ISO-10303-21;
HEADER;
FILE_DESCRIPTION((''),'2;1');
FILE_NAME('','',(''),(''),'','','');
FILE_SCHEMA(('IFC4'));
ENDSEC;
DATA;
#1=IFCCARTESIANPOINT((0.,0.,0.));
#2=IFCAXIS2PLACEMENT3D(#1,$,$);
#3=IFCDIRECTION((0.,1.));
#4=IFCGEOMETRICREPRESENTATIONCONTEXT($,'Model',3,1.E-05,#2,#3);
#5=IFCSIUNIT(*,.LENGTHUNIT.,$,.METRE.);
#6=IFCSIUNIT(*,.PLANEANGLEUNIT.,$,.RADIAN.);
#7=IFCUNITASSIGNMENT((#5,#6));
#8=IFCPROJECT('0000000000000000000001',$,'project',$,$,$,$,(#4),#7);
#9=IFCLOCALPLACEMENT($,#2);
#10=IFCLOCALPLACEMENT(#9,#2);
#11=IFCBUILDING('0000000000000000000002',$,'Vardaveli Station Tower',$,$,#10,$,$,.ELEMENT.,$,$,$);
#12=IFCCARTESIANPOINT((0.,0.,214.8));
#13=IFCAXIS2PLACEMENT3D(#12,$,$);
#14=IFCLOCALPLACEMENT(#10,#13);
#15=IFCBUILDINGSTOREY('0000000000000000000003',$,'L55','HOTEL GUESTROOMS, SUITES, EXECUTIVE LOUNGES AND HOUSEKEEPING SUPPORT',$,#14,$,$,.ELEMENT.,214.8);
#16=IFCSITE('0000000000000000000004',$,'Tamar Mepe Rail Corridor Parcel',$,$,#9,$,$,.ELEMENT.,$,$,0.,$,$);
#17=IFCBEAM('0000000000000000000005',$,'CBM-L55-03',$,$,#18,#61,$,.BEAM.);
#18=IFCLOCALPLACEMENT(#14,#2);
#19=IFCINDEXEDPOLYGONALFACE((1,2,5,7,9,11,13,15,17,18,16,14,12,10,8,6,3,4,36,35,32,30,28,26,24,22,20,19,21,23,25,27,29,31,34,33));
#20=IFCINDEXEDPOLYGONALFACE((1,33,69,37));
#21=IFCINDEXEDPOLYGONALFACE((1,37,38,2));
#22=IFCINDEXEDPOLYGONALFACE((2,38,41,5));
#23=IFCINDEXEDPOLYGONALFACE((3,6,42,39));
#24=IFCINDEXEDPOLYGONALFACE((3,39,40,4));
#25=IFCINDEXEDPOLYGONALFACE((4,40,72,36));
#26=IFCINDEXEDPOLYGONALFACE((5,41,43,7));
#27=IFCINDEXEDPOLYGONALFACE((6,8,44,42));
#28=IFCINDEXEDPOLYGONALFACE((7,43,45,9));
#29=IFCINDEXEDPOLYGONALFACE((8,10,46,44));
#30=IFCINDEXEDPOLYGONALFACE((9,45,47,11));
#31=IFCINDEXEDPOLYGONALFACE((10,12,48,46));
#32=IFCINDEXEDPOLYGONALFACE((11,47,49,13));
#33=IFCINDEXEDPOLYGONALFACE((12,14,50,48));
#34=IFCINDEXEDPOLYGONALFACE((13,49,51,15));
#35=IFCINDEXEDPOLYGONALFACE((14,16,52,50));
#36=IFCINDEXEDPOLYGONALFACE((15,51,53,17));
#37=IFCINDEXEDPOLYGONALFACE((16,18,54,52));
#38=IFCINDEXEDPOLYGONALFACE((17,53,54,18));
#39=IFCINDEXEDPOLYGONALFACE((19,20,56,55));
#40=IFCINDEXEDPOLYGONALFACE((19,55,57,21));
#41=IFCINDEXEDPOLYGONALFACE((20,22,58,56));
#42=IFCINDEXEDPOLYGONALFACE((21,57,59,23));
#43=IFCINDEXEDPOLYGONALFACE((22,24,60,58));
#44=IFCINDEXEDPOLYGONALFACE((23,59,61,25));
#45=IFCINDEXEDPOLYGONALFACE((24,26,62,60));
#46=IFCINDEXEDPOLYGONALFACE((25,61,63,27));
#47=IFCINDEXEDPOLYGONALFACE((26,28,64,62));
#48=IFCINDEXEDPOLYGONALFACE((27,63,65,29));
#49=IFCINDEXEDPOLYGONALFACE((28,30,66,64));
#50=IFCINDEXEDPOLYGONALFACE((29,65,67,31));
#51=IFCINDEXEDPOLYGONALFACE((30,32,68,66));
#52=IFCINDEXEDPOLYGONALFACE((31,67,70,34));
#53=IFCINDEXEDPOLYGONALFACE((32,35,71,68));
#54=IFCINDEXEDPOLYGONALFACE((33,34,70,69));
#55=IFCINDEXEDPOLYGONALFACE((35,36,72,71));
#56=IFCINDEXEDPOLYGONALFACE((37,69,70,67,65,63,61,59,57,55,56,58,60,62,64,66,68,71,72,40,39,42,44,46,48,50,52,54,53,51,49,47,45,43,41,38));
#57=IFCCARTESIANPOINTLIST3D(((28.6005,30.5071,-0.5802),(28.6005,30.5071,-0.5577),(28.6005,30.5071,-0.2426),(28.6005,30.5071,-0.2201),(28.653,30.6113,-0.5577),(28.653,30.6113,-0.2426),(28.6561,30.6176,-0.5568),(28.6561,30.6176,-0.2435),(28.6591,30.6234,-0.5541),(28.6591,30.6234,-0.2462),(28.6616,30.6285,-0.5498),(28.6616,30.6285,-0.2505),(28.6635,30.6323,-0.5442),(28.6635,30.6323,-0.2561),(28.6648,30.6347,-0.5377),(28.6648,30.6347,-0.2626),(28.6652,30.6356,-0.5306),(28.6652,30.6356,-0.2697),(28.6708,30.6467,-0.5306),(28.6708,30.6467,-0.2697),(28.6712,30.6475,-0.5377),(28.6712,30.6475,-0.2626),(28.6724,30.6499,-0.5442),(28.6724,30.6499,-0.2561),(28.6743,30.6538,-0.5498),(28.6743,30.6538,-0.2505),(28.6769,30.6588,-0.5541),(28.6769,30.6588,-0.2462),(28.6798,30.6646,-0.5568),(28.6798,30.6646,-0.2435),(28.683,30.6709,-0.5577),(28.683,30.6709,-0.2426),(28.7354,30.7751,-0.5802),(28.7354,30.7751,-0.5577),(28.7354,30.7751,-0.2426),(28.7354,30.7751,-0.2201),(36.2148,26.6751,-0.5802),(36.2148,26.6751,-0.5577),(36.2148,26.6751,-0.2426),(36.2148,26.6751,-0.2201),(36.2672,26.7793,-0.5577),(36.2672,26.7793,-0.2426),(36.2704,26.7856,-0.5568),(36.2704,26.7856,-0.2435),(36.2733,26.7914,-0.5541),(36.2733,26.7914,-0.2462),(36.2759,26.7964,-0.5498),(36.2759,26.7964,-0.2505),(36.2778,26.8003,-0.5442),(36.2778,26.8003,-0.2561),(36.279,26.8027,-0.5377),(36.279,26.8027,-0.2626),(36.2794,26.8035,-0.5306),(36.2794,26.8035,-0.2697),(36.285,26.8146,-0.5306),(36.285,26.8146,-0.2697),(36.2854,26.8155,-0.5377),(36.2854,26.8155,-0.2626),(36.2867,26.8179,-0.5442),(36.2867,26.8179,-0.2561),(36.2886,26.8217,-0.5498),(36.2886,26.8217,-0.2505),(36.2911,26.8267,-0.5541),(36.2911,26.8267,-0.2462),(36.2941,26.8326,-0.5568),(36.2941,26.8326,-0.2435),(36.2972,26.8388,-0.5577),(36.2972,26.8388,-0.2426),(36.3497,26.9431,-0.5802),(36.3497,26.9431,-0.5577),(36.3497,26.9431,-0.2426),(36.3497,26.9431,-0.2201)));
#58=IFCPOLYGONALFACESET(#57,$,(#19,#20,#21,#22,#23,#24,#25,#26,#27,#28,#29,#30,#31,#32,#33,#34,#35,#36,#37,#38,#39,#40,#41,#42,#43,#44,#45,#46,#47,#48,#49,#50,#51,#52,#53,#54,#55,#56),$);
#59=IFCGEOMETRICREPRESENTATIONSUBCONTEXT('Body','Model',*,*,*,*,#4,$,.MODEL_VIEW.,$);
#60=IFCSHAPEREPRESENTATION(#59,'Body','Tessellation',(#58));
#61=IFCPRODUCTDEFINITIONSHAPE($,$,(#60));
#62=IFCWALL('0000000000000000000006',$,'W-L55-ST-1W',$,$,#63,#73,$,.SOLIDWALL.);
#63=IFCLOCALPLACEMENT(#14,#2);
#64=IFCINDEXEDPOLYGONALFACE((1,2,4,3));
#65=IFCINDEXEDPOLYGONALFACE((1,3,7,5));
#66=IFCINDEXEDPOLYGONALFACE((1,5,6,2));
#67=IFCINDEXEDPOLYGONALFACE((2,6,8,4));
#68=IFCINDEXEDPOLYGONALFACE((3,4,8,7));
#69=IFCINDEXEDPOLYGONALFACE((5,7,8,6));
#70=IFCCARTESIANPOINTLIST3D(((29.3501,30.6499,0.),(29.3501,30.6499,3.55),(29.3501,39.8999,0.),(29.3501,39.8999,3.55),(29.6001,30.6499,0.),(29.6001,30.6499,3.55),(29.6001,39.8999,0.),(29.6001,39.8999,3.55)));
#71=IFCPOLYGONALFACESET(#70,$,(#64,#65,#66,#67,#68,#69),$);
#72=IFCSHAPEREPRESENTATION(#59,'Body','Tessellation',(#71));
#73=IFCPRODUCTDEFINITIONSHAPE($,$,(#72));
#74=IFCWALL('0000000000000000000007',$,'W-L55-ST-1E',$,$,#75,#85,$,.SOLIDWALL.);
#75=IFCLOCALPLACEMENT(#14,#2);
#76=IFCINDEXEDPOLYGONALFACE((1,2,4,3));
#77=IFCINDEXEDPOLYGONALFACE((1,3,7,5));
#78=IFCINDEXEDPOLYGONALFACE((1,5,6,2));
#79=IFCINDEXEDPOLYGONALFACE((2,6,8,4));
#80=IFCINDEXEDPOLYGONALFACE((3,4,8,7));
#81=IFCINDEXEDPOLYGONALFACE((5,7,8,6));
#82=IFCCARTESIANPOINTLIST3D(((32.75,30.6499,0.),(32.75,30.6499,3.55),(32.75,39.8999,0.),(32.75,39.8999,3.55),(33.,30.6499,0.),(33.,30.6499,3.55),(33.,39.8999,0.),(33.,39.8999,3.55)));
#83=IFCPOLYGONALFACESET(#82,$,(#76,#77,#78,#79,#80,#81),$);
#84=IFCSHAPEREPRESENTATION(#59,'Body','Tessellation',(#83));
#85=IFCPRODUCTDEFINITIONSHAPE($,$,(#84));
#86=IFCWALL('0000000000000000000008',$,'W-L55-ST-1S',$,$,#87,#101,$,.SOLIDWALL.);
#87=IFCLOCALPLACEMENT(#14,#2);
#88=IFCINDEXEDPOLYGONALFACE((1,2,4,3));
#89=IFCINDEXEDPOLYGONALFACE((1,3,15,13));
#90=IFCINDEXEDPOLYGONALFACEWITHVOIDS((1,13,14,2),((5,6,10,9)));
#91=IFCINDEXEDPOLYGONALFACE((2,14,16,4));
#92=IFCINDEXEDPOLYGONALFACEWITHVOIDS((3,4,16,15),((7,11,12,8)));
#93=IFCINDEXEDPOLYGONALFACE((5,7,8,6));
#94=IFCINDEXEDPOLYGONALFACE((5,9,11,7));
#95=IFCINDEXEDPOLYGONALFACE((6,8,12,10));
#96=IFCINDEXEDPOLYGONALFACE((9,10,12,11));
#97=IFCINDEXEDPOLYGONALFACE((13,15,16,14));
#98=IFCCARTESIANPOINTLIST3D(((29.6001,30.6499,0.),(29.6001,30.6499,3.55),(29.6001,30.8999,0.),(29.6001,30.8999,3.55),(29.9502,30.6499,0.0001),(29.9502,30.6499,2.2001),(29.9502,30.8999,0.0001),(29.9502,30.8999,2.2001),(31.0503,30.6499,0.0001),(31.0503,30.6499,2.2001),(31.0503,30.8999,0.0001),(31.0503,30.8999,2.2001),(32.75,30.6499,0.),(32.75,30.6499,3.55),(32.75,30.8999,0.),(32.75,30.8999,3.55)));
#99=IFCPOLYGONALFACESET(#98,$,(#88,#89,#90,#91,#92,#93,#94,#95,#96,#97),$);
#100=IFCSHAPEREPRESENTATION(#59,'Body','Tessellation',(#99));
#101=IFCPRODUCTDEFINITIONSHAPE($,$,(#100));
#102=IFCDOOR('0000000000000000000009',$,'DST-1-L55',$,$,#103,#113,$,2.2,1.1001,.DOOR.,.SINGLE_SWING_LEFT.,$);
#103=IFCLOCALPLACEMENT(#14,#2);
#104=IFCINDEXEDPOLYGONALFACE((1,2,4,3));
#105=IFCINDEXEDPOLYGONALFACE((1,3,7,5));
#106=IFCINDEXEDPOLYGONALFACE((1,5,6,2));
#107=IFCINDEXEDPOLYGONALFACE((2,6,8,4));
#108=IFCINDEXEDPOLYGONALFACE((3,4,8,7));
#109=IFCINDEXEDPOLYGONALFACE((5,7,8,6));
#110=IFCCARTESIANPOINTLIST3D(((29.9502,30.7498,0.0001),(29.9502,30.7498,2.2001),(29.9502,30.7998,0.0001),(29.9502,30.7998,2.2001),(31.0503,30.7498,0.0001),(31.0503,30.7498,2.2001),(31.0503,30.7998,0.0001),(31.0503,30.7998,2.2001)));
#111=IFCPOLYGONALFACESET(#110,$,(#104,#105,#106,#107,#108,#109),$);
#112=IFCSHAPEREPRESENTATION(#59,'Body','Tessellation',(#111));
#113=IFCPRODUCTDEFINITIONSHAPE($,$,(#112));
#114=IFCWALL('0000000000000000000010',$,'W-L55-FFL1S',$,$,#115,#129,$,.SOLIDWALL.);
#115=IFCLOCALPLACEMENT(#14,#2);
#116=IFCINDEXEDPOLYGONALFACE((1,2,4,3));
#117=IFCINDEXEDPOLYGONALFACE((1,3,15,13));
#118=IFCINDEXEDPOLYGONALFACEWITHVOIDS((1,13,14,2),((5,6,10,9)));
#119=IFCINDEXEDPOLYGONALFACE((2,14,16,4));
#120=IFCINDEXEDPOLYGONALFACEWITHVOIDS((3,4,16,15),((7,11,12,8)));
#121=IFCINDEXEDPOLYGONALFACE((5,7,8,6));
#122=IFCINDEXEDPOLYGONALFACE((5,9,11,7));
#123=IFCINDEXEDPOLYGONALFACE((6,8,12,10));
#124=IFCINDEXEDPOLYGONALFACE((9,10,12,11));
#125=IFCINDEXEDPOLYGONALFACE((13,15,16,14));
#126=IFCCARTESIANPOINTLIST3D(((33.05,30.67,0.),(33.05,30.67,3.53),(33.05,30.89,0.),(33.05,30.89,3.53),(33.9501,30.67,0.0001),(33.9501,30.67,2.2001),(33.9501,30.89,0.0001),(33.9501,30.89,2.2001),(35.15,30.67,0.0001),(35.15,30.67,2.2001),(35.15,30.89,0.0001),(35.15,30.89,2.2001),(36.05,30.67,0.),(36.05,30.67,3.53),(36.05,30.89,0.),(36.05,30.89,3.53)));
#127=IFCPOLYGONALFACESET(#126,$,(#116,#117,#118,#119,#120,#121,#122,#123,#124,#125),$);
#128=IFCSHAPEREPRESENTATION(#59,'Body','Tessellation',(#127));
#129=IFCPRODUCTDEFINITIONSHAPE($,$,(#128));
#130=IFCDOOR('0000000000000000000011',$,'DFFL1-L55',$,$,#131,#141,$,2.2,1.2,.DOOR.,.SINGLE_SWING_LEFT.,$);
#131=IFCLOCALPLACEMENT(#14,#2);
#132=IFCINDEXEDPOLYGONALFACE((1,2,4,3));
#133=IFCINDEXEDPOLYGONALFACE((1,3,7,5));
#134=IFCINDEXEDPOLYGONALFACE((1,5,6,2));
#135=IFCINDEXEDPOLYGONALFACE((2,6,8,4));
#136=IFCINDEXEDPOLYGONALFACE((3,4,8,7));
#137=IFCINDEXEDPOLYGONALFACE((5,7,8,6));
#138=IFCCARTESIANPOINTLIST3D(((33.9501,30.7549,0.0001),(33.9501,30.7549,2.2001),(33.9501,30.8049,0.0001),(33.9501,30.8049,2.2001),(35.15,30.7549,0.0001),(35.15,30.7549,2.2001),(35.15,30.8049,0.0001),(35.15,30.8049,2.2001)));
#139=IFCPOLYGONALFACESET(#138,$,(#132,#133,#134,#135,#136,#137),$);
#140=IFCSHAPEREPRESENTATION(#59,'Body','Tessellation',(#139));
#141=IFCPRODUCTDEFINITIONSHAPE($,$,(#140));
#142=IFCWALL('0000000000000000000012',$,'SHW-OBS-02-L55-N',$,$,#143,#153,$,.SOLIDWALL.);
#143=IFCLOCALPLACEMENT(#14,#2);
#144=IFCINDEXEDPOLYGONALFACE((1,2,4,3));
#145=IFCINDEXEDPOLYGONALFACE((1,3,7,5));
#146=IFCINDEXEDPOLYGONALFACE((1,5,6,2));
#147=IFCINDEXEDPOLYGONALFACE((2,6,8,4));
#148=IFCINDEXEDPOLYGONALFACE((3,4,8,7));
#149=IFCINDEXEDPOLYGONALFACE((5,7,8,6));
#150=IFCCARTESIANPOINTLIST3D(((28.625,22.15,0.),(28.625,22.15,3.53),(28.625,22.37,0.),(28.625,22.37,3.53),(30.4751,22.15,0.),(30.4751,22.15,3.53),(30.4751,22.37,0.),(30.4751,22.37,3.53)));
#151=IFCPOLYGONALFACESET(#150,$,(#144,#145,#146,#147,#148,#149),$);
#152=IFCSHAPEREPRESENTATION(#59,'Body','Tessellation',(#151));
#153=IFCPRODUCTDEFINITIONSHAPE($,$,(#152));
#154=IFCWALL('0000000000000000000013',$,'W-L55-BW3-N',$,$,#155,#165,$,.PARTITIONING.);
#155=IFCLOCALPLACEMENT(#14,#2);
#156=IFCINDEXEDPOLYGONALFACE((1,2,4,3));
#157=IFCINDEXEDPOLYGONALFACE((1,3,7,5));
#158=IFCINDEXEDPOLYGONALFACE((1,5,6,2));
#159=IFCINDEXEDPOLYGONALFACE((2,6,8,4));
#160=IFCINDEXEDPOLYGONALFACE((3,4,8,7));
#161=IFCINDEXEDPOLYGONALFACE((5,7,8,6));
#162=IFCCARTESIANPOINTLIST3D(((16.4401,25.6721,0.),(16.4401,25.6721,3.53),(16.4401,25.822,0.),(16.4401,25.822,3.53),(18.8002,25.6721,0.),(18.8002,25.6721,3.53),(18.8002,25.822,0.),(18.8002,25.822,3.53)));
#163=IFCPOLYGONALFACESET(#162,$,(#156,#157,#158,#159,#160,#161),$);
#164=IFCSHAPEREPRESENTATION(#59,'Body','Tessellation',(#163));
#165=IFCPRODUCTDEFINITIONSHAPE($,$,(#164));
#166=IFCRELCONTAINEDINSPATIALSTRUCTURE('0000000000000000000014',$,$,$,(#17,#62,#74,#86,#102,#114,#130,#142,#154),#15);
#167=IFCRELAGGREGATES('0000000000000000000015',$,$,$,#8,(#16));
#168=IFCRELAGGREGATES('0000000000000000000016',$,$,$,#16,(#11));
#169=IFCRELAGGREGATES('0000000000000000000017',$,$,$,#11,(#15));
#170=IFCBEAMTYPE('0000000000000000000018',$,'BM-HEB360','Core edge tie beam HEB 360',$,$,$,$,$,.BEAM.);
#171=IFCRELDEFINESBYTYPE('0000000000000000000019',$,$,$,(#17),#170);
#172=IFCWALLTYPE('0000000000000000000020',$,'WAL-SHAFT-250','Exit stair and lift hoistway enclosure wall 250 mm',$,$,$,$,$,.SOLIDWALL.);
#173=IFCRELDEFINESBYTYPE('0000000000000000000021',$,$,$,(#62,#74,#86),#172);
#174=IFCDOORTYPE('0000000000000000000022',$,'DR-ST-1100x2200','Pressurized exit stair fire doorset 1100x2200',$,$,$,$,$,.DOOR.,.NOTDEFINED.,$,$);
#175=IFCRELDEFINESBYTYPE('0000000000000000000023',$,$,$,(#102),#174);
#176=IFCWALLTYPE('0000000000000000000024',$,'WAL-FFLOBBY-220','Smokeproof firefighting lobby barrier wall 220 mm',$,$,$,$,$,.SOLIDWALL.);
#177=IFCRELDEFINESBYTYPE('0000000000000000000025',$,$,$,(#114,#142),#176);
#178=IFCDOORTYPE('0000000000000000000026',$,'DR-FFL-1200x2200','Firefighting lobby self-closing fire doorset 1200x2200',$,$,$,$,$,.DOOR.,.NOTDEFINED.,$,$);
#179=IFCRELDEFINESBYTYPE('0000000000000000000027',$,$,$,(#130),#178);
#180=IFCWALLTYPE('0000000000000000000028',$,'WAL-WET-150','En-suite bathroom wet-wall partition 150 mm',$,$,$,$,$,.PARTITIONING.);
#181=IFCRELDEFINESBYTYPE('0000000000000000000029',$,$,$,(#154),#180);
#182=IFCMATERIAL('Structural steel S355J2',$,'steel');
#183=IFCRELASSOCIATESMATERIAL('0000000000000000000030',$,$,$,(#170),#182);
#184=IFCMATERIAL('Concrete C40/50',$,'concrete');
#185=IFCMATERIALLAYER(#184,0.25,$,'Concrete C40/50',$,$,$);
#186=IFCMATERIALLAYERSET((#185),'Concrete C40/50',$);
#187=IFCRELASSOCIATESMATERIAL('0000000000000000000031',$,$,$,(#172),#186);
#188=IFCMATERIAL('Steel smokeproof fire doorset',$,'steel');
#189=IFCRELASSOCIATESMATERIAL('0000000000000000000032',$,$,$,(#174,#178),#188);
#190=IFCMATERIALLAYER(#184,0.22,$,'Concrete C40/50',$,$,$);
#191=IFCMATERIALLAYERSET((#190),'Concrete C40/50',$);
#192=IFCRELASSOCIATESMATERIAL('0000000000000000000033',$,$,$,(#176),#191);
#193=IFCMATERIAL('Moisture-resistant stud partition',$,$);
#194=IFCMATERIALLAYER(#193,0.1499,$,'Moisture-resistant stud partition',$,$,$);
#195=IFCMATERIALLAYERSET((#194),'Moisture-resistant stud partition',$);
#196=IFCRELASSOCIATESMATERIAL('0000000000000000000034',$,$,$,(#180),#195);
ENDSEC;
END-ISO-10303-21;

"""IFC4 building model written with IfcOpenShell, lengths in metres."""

from ifc_helpers import new_model, si_unit, direction, frame, frame_2d, origin, origin_2d, place, context, subcontext, project, spatial, rectangle, i_section, extrude, source, transform, mapped, material, layer, layer_set, material_profile, profile_set, type_object, element, fill, save


model = new_model("IFC4")

# Units and contexts
model_context = context("Model", 3, precision=1e-05, world=origin(), true_north=direction((0.0, 1.0)))
body_context = subcontext(model_context, "Body", "Model", "MODEL_VIEW")
ifc_project = project(units=[si_unit("LENGTHUNIT", "METRE"), si_unit("PLANEANGLEUNIT", "RADIAN")], contexts=[model_context])

# Site, building, storey
site_placement = place(None, origin())
site = spatial("IfcSite", under=ifc_project, at=site_placement, Name="Tamar Mepe Rail Corridor Parcel", CompositionType="ELEMENT", RefElevation=0.0)
building_placement = place(site_placement, origin())
building = spatial("IfcBuilding", under=site, at=building_placement, Name="Vardaveli Station Tower", CompositionType="ELEMENT")
storey_placement = place(building_placement, frame((0.0, 0.0, 214.8)))
storey = spatial("IfcBuildingStorey", under=building, at=storey_placement, Name="L55", Description="HOTEL GUESTROOMS, SUITES, EXECUTIVE LOUNGES AND HOUSEKEEPING SUPPORT", CompositionType="ELEMENT", Elevation=214.8)

# Beam
ifc_material_1 = material(Name="Structural steel S355J2", Category="steel")
ifc_material_profile_1 = material_profile(ifc_material_1, i_section(OverallWidth=0.3, OverallDepth=0.3601, WebThickness=0.0125, FlangeThickness=0.0225, FilletRadius=0.0271, at=origin_2d()), Name="HEB 360")
ifc_profile_set_1 = profile_set([ifc_material_profile_1], Name="Structural steel S355J2")
beam_type_1 = type_object("IfcBeamType", Name="BM-HEB360", Description="Core edge tie beam HEB 360", PredefinedType="BEAM", material=ifc_profile_set_1)
shared_shape_1 = source(origin(), body_context, "Body", "SweptSolid", [
    extrude(i_section(OverallWidth=0.3, OverallDepth=0.3601, WebThickness=0.0125, FlangeThickness=0.0225, FilletRadius=0.0271, at=origin_2d()), origin(), (0.0, 0.0, 1.0), 8.5242),
])
beam_1_placement = place(storey_placement, frame((28.668, 30.6411, -0.4001), z_axis=(0.893256, -0.449549, 0.0), x_axis=(0.449549, 0.893256, 0.0)))
element("IfcBeam", 1, at=beam_1_placement, inside=storey, type_object=beam_type_1, Name="CBM-L55-03", PredefinedType="BEAM", context=body_context, shape_type="MappedRepresentation", body=[
    mapped(shared_shape_1, transform((0.0, 0.0, 0.0), scale=1.0)),
])

# Walls
ifc_material_2 = material(Name="Concrete C40/50", Category="concrete")
ifc_layer_1 = layer(ifc_material_2, 0.25, Name="Concrete C40/50")
ifc_layer_set_1 = layer_set([ifc_layer_1], Name="Concrete C40/50")
wall_type_1 = type_object("IfcWallType", Name="WAL-SHAFT-250", Description="Exit stair and lift hoistway enclosure wall 250 mm", PredefinedType="SOLIDWALL", material=ifc_layer_set_1)
shared_shape_2 = source(origin(), body_context, "Body", "SweptSolid", [
    extrude(rectangle(XDim=9.25, YDim=0.25, at=frame_2d((4.625, 0.0))), origin(), (0.0, 0.0, 1.0), 3.55),
])
for number, where, z_axis, x_axis, name in (
    (2, (29.4751, 30.6499, 0.0), (0.0, 0.0, 1.0), (0.0, 1.0, 0.0), "W-L55-ST-1W"),
    (3, (32.875, 30.6499, 0.0), (0.0, 0.0, 1.0), (0.0, 1.0, 0.0), "W-L55-ST-1E"),
):
    element("IfcWall", number, at=place(storey_placement, frame(where, z_axis=z_axis, x_axis=x_axis)), inside=storey, type_object=wall_type_1, Name=name, PredefinedType="SOLIDWALL", context=body_context, shape_type="MappedRepresentation", body=[
        mapped(shared_shape_2, transform((0.0, 0.0, 0.0), scale=1.0)),
    ])

# Walls, openings, doors
shared_shape_3 = source(origin(), body_context, "Body", "SweptSolid", [
    extrude(rectangle(XDim=3.1499, YDim=0.25, at=frame_2d((1.575, 0.0))), origin(), (0.0, 0.0, 1.0), 3.55),
])
wall_1_placement = place(storey_placement, frame((29.6001, 30.7749, 0.0), z_axis=(0.0, 0.0, 1.0), x_axis=(1.0, 0.0, 0.0)))
wall_1 = element("IfcWall", 4, at=wall_1_placement, inside=storey, type_object=wall_type_1, Name="W-L55-ST-1S", PredefinedType="SOLIDWALL", context=body_context, shape_type="MappedRepresentation", body=[
    mapped(shared_shape_3, transform((0.0, 0.0, 0.0), scale=1.0)),
])
shared_shape_4 = source(origin(), body_context, "Body", "SweptSolid", [
    extrude(rectangle(XDim=1.1001, YDim=2.2, at=frame_2d((0.55, 1.1001))), frame((0.0, 0.135, 0.0), z_axis=(0.0, -1.0, 0.0), x_axis=(1.0, 0.0, 0.0)), (0.0, 0.0, 1.0), 0.27),
])
opening_1_placement = place(wall_1_placement, frame((0.3501, 0.0, 0.0)))
opening_1 = element("IfcOpeningElement", 5, at=opening_1_placement, cuts=wall_1, PredefinedType="OPENING", context=body_context, shape_type="MappedRepresentation", body=[
    mapped(shared_shape_4, transform((0.0, 0.0, 0.0), scale=1.0)),
])
ifc_material_3 = material(Name="Steel smokeproof fire doorset", Category="steel")
door_type_1 = type_object("IfcDoorType", Name="DR-ST-1100x2200", Description="Pressurized exit stair fire doorset 1100x2200", OperationType="NOTDEFINED", PredefinedType="DOOR", material=ifc_material_3)
shared_shape_5 = source(origin(), body_context, "Body", "SweptSolid", [
    extrude(rectangle(XDim=1.1001, YDim=2.2, at=frame_2d((0.55, 1.1001))), frame((0.0, 0.0249, 0.0), z_axis=(0.0, -1.0, 0.0), x_axis=(1.0, 0.0, 0.0)), (0.0, 0.0, 1.0), 0.05),
])
door_1_placement = place(opening_1_placement, origin())
door_1 = element("IfcDoor", 6, at=door_1_placement, inside=storey, type_object=door_type_1, Name="DST-1-L55", OperationType="SINGLE_SWING_LEFT", OverallHeight=2.2, OverallWidth=1.1001, PredefinedType="DOOR", context=body_context, shape_type="MappedRepresentation", body=[
    mapped(shared_shape_5, transform((0.0, 0.0, 0.0), scale=1.0)),
])
fill(opening_1, door_1)
ifc_layer_2 = layer(ifc_material_2, 0.22, Name="Concrete C40/50")
ifc_layer_set_2 = layer_set([ifc_layer_2], Name="Concrete C40/50")
wall_type_2 = type_object("IfcWallType", Name="WAL-FFLOBBY-220", Description="Smokeproof firefighting lobby barrier wall 220 mm", PredefinedType="SOLIDWALL", material=ifc_layer_set_2)
shared_shape_6 = source(origin(), body_context, "Body", "SweptSolid", [
    extrude(rectangle(XDim=3.0, YDim=0.22, at=frame_2d((1.5, 0.0))), origin(), (0.0, 0.0, 1.0), 3.53),
])
wall_2_placement = place(storey_placement, frame((33.05, 30.78, 0.0), z_axis=(0.0, 0.0, 1.0), x_axis=(1.0, 0.0, 0.0)))
wall_2 = element("IfcWall", 7, at=wall_2_placement, inside=storey, type_object=wall_type_2, Name="W-L55-FFL1S", PredefinedType="SOLIDWALL", context=body_context, shape_type="MappedRepresentation", body=[
    mapped(shared_shape_6, transform((0.0, 0.0, 0.0), scale=1.0)),
])
shared_shape_7 = source(origin(), body_context, "Body", "SweptSolid", [
    extrude(rectangle(XDim=1.2, YDim=2.2, at=frame_2d((0.6001, 1.1001))), frame((0.0, 0.1201, 0.0), z_axis=(0.0, -1.0, 0.0), x_axis=(1.0, 0.0, 0.0)), (0.0, 0.0, 1.0), 0.24),
])
opening_2_placement = place(wall_2_placement, frame((0.8999, 0.0, 0.0)))
opening_2 = element("IfcOpeningElement", 8, at=opening_2_placement, cuts=wall_2, PredefinedType="OPENING", context=body_context, shape_type="MappedRepresentation", body=[
    mapped(shared_shape_7, transform((0.0, 0.0, 0.0), scale=1.0)),
])
door_type_2 = type_object("IfcDoorType", Name="DR-FFL-1200x2200", Description="Firefighting lobby self-closing fire doorset 1200x2200", OperationType="NOTDEFINED", PredefinedType="DOOR", material=ifc_material_3)
shared_shape_8 = source(origin(), body_context, "Body", "SweptSolid", [
    extrude(rectangle(XDim=1.2, YDim=2.2, at=frame_2d((0.6001, 1.1001))), frame((0.0, 0.0249, 0.0), z_axis=(0.0, -1.0, 0.0), x_axis=(1.0, 0.0, 0.0)), (0.0, 0.0, 1.0), 0.05),
])
door_2_placement = place(opening_2_placement, origin())
door_2 = element("IfcDoor", 9, at=door_2_placement, inside=storey, type_object=door_type_2, Name="DFFL1-L55", OperationType="SINGLE_SWING_LEFT", OverallHeight=2.2, OverallWidth=1.2, PredefinedType="DOOR", context=body_context, shape_type="MappedRepresentation", body=[
    mapped(shared_shape_8, transform((0.0, 0.0, 0.0), scale=1.0)),
])
fill(opening_2, door_2)

# Walls
shared_shape_9 = source(origin(), body_context, "Body", "SweptSolid", [
    extrude(rectangle(XDim=1.8501, YDim=0.22, at=frame_2d((0.925, 0.0))), origin(), (0.0, 0.0, 1.0), 3.53),
])
wall_3_placement = place(storey_placement, frame((28.625, 22.26, 0.0), z_axis=(0.0, 0.0, 1.0), x_axis=(1.0, 0.0, 0.0)))
element("IfcWall", 10, at=wall_3_placement, inside=storey, type_object=wall_type_2, Name="SHW-OBS-02-L55-N", PredefinedType="SOLIDWALL", context=body_context, shape_type="MappedRepresentation", body=[
    mapped(shared_shape_9, transform((0.0, 0.0, 0.0), scale=1.0)),
])
ifc_material_4 = material(Name="Moisture-resistant stud partition")
ifc_layer_3 = layer(ifc_material_4, 0.1499, Name="Moisture-resistant stud partition")
ifc_layer_set_3 = layer_set([ifc_layer_3], Name="Moisture-resistant stud partition")
wall_type_3 = type_object("IfcWallType", Name="WAL-WET-150", Description="En-suite bathroom wet-wall partition 150 mm", PredefinedType="PARTITIONING", material=ifc_layer_set_3)
shared_shape_10 = source(origin(), body_context, "Body", "SweptSolid", [
    extrude(rectangle(XDim=2.3601, YDim=0.1499, at=frame_2d((1.1802, 0.0))), origin(), (0.0, 0.0, 1.0), 3.53),
])
wall_4_placement = place(storey_placement, frame((16.4399, 25.7471, 0.0), z_axis=(0.0, 0.0, 1.0), x_axis=(1.0, 0.0, 0.0)))
element("IfcWall", 11, at=wall_4_placement, inside=storey, type_object=wall_type_3, Name="W-L55-BW3-N", PredefinedType="PARTITIONING", context=body_context, shape_type="MappedRepresentation", body=[
    mapped(shared_shape_10, transform((0.0, 0.0, 0.0), scale=1.0)),
])

save(model, "model.ifc")
